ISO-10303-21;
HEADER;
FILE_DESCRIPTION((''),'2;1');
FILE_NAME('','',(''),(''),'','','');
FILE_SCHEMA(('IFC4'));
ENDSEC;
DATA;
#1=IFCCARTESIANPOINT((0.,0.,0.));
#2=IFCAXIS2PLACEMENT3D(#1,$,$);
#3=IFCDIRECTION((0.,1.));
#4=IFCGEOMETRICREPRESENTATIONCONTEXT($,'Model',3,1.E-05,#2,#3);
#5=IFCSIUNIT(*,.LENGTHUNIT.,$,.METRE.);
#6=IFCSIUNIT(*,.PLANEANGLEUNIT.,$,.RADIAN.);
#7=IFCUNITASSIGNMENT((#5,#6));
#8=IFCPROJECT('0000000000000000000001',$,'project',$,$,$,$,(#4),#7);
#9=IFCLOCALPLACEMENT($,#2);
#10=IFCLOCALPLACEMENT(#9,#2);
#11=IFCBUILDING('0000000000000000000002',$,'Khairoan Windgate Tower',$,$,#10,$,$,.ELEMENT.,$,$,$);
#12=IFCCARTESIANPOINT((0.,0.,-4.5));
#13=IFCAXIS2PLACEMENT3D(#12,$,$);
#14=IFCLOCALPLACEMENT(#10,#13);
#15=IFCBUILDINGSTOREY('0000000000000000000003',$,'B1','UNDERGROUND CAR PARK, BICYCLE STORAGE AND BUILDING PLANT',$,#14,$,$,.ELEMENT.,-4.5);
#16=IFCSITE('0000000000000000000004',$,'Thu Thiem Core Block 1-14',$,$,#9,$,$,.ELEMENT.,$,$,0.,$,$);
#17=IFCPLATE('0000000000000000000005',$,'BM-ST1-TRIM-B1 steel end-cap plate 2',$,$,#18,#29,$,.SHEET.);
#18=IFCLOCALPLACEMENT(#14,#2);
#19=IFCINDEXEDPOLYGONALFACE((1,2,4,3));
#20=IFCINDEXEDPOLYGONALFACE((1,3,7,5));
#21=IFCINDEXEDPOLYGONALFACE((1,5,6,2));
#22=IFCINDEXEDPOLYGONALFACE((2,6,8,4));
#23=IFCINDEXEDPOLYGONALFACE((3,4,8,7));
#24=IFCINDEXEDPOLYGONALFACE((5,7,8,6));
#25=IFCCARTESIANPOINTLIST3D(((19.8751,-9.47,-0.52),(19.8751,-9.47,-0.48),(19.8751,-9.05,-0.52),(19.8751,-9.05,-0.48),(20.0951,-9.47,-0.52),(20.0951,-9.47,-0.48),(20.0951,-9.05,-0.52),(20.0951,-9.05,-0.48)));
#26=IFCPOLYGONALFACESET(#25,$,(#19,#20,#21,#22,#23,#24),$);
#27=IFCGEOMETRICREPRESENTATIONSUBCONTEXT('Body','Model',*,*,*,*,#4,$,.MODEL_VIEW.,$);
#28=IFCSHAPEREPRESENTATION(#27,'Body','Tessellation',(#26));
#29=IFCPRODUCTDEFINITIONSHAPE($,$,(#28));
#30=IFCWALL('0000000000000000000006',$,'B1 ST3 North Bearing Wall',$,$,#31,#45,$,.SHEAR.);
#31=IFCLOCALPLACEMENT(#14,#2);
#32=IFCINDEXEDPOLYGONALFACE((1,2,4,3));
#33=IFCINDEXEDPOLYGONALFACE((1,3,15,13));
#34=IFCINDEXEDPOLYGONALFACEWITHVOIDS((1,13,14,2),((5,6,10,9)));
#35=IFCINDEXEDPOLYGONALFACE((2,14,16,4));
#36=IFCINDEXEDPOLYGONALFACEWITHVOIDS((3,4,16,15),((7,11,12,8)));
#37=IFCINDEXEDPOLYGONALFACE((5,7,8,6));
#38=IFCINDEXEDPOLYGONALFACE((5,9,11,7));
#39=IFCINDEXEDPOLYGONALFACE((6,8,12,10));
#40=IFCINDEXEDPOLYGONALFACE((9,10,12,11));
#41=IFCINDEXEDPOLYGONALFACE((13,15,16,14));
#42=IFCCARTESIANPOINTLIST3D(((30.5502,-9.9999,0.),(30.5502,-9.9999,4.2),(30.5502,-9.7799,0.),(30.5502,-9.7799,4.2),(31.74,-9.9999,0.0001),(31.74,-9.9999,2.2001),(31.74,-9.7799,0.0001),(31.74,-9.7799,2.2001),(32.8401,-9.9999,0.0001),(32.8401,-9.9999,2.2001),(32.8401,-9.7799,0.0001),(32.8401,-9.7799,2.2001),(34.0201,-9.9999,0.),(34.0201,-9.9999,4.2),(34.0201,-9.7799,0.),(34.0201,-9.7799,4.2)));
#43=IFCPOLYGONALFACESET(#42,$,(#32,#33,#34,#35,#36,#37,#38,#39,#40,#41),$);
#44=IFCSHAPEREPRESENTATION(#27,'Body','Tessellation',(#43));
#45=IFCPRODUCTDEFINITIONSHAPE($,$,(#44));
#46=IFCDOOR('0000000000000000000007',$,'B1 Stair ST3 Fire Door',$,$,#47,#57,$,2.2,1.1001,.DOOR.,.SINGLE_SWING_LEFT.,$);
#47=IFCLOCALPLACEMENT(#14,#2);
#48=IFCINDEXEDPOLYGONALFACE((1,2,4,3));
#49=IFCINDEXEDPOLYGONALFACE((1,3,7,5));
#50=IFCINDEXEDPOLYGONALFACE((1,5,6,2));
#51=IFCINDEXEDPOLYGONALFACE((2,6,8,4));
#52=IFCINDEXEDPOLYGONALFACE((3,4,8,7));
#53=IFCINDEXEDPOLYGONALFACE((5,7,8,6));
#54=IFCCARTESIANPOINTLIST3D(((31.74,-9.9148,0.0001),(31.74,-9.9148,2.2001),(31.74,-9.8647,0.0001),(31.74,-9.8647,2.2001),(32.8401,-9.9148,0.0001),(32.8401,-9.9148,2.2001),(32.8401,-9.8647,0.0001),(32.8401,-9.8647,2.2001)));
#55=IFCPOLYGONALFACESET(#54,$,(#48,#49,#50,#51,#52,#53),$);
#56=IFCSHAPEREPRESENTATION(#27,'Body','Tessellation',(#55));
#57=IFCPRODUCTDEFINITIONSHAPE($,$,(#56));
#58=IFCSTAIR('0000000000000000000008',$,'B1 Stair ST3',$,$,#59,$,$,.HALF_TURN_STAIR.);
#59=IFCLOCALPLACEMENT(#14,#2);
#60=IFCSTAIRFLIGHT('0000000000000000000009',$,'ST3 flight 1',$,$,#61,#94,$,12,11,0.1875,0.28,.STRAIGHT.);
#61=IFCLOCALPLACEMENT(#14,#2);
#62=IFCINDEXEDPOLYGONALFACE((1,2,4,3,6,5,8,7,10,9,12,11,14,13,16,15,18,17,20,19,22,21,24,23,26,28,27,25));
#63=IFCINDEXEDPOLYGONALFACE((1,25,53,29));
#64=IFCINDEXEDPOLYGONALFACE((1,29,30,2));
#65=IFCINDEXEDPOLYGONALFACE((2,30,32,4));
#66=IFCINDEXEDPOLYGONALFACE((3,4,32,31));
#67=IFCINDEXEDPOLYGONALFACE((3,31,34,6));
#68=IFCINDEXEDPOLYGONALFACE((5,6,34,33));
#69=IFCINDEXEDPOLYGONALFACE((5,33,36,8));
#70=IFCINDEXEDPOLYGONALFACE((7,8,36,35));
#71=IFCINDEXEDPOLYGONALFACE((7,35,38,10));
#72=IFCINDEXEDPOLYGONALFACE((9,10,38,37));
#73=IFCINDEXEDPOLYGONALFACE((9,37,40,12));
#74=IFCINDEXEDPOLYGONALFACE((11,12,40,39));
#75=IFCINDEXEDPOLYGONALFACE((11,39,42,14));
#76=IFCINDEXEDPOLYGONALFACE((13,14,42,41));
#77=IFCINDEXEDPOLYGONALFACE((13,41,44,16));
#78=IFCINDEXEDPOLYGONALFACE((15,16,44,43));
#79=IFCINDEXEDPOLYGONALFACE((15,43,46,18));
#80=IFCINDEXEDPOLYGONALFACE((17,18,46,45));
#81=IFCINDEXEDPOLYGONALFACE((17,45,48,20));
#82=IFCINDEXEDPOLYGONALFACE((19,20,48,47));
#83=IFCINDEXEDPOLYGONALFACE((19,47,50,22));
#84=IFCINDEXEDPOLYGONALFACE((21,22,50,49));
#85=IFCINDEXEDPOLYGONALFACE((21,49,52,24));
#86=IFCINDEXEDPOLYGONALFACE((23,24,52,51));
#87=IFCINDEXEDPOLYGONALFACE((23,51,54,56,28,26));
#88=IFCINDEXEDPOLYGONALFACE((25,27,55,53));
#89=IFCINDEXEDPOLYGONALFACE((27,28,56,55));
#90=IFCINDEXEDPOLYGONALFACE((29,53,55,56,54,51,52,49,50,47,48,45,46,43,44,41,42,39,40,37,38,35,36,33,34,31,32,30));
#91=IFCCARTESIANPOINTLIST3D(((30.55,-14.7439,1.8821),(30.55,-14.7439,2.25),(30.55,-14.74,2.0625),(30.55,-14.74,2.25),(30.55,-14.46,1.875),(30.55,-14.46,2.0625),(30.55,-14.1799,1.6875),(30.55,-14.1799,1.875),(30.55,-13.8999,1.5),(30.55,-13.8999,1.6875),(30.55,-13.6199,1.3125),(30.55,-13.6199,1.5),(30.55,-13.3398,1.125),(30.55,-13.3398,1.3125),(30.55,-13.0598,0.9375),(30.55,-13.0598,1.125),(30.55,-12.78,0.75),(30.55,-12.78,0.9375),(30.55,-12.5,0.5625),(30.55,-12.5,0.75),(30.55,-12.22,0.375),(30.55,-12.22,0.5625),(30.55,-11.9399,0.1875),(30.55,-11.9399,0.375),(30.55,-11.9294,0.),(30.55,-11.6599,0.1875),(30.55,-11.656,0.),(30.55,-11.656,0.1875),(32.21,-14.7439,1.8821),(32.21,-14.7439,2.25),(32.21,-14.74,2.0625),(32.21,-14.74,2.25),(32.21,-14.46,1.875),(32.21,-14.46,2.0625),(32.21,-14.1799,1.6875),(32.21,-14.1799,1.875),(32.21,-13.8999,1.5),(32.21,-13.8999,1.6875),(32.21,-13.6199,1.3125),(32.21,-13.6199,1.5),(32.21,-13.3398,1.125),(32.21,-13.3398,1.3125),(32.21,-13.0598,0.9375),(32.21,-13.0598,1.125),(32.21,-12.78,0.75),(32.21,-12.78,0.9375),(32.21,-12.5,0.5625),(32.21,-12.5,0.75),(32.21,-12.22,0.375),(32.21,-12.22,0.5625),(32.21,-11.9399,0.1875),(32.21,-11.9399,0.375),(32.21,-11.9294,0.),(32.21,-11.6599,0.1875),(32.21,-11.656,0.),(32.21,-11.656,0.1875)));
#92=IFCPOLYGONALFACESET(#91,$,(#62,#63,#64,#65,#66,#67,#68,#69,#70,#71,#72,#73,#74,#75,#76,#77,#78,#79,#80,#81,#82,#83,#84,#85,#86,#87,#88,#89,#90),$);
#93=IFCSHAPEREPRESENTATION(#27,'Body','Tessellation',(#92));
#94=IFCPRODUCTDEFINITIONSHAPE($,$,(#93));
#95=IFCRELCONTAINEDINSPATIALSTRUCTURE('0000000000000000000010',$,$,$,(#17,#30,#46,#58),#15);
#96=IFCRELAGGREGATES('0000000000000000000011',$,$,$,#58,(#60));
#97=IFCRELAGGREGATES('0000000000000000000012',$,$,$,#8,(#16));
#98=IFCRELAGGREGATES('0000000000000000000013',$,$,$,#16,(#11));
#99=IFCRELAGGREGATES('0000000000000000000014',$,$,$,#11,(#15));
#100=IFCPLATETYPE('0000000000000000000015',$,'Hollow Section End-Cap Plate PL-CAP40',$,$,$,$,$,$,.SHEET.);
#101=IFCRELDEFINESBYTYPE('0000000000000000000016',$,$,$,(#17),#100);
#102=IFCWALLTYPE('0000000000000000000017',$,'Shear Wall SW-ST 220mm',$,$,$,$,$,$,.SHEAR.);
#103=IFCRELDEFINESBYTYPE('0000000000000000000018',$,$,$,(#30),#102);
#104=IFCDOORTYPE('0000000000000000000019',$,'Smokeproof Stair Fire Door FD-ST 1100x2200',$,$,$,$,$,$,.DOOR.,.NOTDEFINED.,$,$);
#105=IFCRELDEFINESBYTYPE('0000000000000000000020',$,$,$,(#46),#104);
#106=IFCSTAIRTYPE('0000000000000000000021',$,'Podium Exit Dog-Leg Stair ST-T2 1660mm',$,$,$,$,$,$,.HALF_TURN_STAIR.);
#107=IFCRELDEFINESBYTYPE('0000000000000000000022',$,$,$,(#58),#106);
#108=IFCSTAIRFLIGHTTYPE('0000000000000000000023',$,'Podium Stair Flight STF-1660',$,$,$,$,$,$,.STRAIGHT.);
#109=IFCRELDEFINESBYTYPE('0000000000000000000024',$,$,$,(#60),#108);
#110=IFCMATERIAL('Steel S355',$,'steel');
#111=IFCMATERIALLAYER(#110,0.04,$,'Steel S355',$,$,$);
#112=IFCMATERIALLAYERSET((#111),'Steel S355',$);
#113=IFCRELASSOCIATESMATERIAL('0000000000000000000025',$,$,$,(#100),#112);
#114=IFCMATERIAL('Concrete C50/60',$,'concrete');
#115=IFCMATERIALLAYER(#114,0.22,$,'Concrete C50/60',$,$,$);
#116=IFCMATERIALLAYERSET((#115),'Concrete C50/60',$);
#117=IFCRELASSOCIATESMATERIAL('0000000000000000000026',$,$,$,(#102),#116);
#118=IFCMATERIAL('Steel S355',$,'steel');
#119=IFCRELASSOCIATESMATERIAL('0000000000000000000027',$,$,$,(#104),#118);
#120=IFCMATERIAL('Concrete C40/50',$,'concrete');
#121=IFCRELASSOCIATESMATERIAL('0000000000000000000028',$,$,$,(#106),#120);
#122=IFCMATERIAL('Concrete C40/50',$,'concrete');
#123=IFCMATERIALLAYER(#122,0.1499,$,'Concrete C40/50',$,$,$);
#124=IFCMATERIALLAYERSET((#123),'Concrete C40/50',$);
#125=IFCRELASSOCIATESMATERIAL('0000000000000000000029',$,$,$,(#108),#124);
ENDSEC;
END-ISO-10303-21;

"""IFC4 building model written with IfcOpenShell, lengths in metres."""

from ifc_helpers import new_model, si_unit, direction, frame, frame_2d, origin, origin_2d, place, context, subcontext, project, spatial, polyline, rectangle, outline, extrude, material, layer, layer_set, type_object, element, fill, aggregate, save


model = new_model("IFC4")

# Units and contexts
model_context = context("Model", 3, precision=1e-05, world=origin(), true_north=direction((0.0, 1.0)))
body_context = subcontext(model_context, "Body", "Model", "MODEL_VIEW")
ifc_project = project(units=[si_unit("LENGTHUNIT", "METRE"), si_unit("PLANEANGLEUNIT", "RADIAN")], contexts=[model_context])

# Site, building, storey
site_placement = place(None, origin())
site = spatial("IfcSite", under=ifc_project, at=site_placement, Name="Thu Thiem Core Block 1-14", CompositionType="ELEMENT", RefElevation=0.0)
building_placement = place(site_placement, origin())
building = spatial("IfcBuilding", under=site, at=building_placement, Name="Khairoan Windgate Tower", CompositionType="ELEMENT")
storey_placement = place(building_placement, frame((0.0, 0.0, -4.5)))
storey = spatial("IfcBuildingStorey", under=building, at=storey_placement, Name="B1", Description="UNDERGROUND CAR PARK, BICYCLE STORAGE AND BUILDING PLANT", CompositionType="ELEMENT", Elevation=-4.5)

# Plate
ifc_material_1 = material(Name="Steel S355", Category="steel")
ifc_layer_1 = layer(ifc_material_1, 0.04, Name="Steel S355")
ifc_layer_set_1 = layer_set([ifc_layer_1], Name="Steel S355")
plate_type = type_object("IfcPlateType", Name="Hollow Section End-Cap Plate PL-CAP40", PredefinedType="SHEET", material=ifc_layer_set_1)
plate_placement = place(storey_placement, frame((19.9851, -9.26, -0.52), z_axis=(0.0, 0.0, 1.0), x_axis=(1.0, 0.0, 0.0)))
element("IfcPlate", 1, at=plate_placement, inside=storey, type_object=plate_type, Name="BM-ST1-TRIM-B1 steel end-cap plate 2", PredefinedType="SHEET", context=body_context, shape_type="SweptSolid", body=[
    extrude(rectangle(XDim=0.22, YDim=0.4199, at=origin_2d()), origin(), (0.0, 0.0, 1.0), 0.04),
])

# Wall, opening, door
ifc_material_2 = material(Name="Concrete C50/60", Category="concrete")
ifc_layer_2 = layer(ifc_material_2, 0.22, Name="Concrete C50/60")
ifc_layer_set_2 = layer_set([ifc_layer_2], Name="Concrete C50/60")
wall_type = type_object("IfcWallType", Name="Shear Wall SW-ST 220mm", PredefinedType="SHEAR", material=ifc_layer_set_2)
wall_placement = place(storey_placement, frame((34.02, -9.8899, 0.0), z_axis=(0.0, 0.0, 1.0), x_axis=(-1.0, 0.0, 0.0)))
wall = element("IfcWall", 2, at=wall_placement, inside=storey, type_object=wall_type, Name="B1 ST3 North Bearing Wall", PredefinedType="SHEAR", context=body_context, shape_type="SweptSolid", body=[
    extrude(rectangle(XDim=3.47, YDim=0.22, at=frame_2d((1.7349, 0.0))), origin(), (0.0, 0.0, 1.0), 4.2),
])
opening_placement = place(wall_placement, frame((1.1799, 0.0, 0.0)))
opening = element("IfcOpeningElement", 3, at=opening_placement, cuts=wall, PredefinedType="OPENING", context=body_context, shape_type="SweptSolid", body=[
    extrude(rectangle(XDim=1.1001, YDim=2.2, at=frame_2d((0.55, 1.1001))), frame((0.0, 0.1199, 0.0), z_axis=(0.0, -1.0, 0.0), x_axis=(1.0, 0.0, 0.0)), (0.0, 0.0, 1.0), 0.24),
])
ifc_material_3 = material(Name="Steel S355", Category="steel")
door_type = type_object("IfcDoorType", Name="Smokeproof Stair Fire Door FD-ST 1100x2200", OperationType="NOTDEFINED", PredefinedType="DOOR", material=ifc_material_3)
door_placement = place(opening_placement, origin())
door = element("IfcDoor", 4, at=door_placement, inside=storey, type_object=door_type, Name="B1 Stair ST3 Fire Door", OperationType="SINGLE_SWING_LEFT", OverallHeight=2.2, OverallWidth=1.1001, PredefinedType="DOOR", context=body_context, shape_type="SweptSolid", body=[
    extrude(rectangle(XDim=1.1001, YDim=2.2, at=frame_2d((0.55, 1.1001))), frame((0.0, 0.0249, 0.0), z_axis=(0.0, -1.0, 0.0), x_axis=(1.0, 0.0, 0.0)), (0.0, 0.0, 1.0), 0.05),
])
fill(opening, door)

# Stair, stair flight
ifc_material_4 = material(Name="Concrete C40/50", Category="concrete")
stair_type = type_object("IfcStairType", Name="Podium Exit Dog-Leg Stair ST-T2 1660mm", PredefinedType="HALF_TURN_STAIR", material=ifc_material_4)
stair_placement = place(storey_placement, origin())
stair = element("IfcStair", 5, at=stair_placement, inside=storey, type_object=stair_type, Name="B1 Stair ST3", PredefinedType="HALF_TURN_STAIR")
ifc_material_5 = material(Name="Concrete C40/50", Category="concrete")
ifc_layer_3 = layer(ifc_material_5, 0.1499, Name="Concrete C40/50")
ifc_layer_set_3 = layer_set([ifc_layer_3], Name="Concrete C40/50")
stair_flight_type = type_object("IfcStairFlightType", Name="Podium Stair Flight STF-1660", PredefinedType="STRAIGHT", material=ifc_layer_set_3)
stair_flight_placement = place(storey_placement, frame((31.3799, -11.6599, 0.0), z_axis=(0.0, 0.0, 1.0), x_axis=(0.0, -1.0, 0.0)))
stair_flight = element("IfcStairFlight", 6, at=stair_flight_placement, type_object=stair_flight_type, Name="ST3 flight 1", NumberOfRisers=12, NumberOfTreads=11, PredefinedType="STRAIGHT", RiserHeight=0.1875, TreadLength=0.28, context=body_context, shape_type="SweptSolid", body=[
    extrude(outline(polyline([(-0.0039, 0.0), (-0.0039, 0.1875), (0.0, 0.1875), (0.28, 0.1875), (0.28, 0.375), (0.5601, 0.375), (0.5601, 0.5625), (0.8401, 0.5625), (0.8401, 0.75), (1.1201, 0.75), (1.1201, 0.9375), (1.3999, 0.9375), (1.3999, 1.125), (1.6799, 1.125), (1.6799, 1.3125), (1.96, 1.3125), (1.96, 1.5), (2.24, 1.5), (2.24, 1.6875), (2.52, 1.6875), (2.52, 1.875), (2.8, 1.875), (2.8, 2.0625), (3.0801, 2.0625), (3.0801, 2.25), (3.084, 2.25), (3.084, 1.8821), (0.2695, 0.0), (-0.0039, 0.0)])), frame((0.0, 0.8301, 0.0), z_axis=(0.0, -1.0, 0.0), x_axis=(1.0, 0.0, 0.0)), (0.0, 0.0, 1.0), 1.6599),
])
aggregate(stair, [stair_flight])

save(model, "model.ifc")
